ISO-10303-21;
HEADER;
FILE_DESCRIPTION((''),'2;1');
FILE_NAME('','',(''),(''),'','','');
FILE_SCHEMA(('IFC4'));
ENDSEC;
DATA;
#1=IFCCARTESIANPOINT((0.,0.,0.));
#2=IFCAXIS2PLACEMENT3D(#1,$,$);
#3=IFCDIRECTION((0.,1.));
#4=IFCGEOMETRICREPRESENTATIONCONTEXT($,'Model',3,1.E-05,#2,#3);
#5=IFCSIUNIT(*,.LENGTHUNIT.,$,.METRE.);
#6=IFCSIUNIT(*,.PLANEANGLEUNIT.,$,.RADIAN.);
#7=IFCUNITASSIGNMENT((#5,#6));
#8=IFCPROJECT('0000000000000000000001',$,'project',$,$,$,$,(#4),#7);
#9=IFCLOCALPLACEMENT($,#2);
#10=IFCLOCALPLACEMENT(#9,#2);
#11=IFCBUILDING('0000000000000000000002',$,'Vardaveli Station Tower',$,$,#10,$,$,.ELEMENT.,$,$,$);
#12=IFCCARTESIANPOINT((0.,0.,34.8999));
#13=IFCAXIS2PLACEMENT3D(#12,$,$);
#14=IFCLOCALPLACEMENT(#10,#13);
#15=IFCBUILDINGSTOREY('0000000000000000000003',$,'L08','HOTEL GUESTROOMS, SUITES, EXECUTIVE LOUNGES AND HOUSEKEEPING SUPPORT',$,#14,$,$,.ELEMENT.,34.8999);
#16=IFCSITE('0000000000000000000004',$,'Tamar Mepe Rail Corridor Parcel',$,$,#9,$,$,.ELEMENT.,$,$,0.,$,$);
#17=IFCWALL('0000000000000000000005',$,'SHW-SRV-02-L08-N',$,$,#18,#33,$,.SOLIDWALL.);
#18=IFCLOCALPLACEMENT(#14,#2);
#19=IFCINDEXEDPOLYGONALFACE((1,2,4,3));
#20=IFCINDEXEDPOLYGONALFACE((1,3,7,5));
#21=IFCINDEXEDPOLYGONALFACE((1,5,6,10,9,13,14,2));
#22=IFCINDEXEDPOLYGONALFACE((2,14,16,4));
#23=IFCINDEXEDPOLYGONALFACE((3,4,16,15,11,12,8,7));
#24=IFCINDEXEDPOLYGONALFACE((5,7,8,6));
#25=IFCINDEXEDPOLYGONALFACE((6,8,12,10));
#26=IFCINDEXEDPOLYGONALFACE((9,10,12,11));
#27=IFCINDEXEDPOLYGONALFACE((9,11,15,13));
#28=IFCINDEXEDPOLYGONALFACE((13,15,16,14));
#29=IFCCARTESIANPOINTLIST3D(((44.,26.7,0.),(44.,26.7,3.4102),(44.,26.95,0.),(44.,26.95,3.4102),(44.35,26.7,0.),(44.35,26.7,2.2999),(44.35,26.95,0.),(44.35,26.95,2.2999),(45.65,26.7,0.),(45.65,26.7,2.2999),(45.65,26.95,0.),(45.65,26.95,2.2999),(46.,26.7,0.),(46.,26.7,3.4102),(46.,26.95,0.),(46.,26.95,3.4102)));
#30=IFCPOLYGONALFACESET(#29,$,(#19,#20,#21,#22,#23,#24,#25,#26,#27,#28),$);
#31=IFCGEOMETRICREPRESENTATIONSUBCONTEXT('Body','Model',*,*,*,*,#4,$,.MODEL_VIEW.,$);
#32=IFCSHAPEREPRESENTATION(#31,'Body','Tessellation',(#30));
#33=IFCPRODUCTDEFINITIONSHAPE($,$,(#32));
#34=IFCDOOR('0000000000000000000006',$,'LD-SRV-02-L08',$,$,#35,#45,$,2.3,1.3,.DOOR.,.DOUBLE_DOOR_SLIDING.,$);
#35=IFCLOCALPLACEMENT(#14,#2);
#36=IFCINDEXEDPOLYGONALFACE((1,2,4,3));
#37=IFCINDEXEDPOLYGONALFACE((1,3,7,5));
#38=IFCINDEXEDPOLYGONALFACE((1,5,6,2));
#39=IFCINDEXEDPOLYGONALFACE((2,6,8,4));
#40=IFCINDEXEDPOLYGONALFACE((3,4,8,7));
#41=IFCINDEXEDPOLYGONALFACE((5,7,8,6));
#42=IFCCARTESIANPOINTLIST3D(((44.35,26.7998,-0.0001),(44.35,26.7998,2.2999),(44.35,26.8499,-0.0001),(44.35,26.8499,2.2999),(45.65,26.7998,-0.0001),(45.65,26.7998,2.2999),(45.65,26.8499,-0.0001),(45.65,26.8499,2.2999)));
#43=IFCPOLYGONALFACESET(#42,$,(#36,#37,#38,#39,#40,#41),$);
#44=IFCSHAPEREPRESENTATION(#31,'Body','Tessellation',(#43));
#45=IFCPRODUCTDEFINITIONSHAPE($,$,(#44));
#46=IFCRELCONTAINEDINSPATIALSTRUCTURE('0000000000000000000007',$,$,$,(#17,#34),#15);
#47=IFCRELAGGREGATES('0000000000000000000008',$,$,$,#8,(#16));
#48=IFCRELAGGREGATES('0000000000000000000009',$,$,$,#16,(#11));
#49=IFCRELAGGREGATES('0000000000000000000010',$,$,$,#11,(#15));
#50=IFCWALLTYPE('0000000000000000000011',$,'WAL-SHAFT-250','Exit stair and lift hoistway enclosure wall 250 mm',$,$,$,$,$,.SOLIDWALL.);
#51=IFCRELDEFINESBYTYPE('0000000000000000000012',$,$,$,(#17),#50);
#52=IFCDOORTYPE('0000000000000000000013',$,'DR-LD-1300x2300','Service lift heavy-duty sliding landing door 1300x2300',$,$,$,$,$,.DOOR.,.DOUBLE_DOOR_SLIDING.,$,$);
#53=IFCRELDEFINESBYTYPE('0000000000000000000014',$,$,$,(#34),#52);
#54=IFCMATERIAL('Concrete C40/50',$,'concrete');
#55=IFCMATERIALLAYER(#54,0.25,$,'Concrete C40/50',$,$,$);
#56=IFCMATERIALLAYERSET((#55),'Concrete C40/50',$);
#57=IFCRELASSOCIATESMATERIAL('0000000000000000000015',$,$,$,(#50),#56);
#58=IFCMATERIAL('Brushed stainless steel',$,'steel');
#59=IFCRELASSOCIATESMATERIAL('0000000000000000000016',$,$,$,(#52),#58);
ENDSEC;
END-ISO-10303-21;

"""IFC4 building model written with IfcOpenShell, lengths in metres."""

from ifc_helpers import new_model, si_unit, direction, frame, frame_2d, origin, place, context, subcontext, project, spatial, rectangle, extrude, source, transform, mapped, material, layer, layer_set, type_object, element, fill, save


model = new_model("IFC4")

# Units and contexts
model_context = context("Model", 3, precision=1e-05, world=origin(), true_north=direction((0.0, 1.0)))
body_context = subcontext(model_context, "Body", "Model", "MODEL_VIEW")
ifc_project = project(units=[si_unit("LENGTHUNIT", "METRE"), si_unit("PLANEANGLEUNIT", "RADIAN")], contexts=[model_context])

# Site, building, storey
site_placement = place(None, origin())
site = spatial("IfcSite", under=ifc_project, at=site_placement, Name="Tamar Mepe Rail Corridor Parcel", CompositionType="ELEMENT", RefElevation=0.0)
building_placement = place(site_placement, origin())
building = spatial("IfcBuilding", under=site, at=building_placement, Name="Vardaveli Station Tower", CompositionType="ELEMENT")
storey_placement = place(building_placement, frame((0.0, 0.0, 34.8999)))
storey = spatial("IfcBuildingStorey", under=building, at=storey_placement, Name="L08", Description="HOTEL GUESTROOMS, SUITES, EXECUTIVE LOUNGES AND HOUSEKEEPING SUPPORT", CompositionType="ELEMENT", Elevation=34.8999)

# Shared definitions
ifc_material_1 = material(Name="Concrete C40/50", Category="concrete")
ifc_layer_1 = layer(ifc_material_1, 0.25, Name="Concrete C40/50")
ifc_layer_set_1 = layer_set([ifc_layer_1], Name="Concrete C40/50")
wall_type = type_object("IfcWallType", Name="WAL-SHAFT-250", Description="Exit stair and lift hoistway enclosure wall 250 mm", PredefinedType="SOLIDWALL", material=ifc_layer_set_1)

# Shared definitions
shared_shape_1 = source(origin(), body_context, "Body", "SweptSolid", [
    extrude(rectangle(XDim=1.3, YDim=2.3, at=frame_2d((0.6499, 1.1499))), frame((0.0, 0.135, 0.0), z_axis=(0.0, -1.0, 0.0), x_axis=(1.0, 0.0, 0.0)), (0.0, 0.0, 1.0), 0.27),
])
ifc_material_2 = material(Name="Brushed stainless steel", Category="steel")
door_type = type_object("IfcDoorType", Name="DR-LD-1300x2300", Description="Service lift heavy-duty sliding landing door 1300x2300", OperationType="DOUBLE_DOOR_SLIDING", PredefinedType="DOOR", material=ifc_material_2)
shared_shape_2 = source(origin(), body_context, "Body", "SweptSolid", [
    extrude(rectangle(XDim=1.3, YDim=2.3, at=frame_2d((0.6499, 1.1499))), frame((0.0, 0.0249, 0.0), z_axis=(0.0, -1.0, 0.0), x_axis=(1.0, 0.0, 0.0)), (0.0, 0.0, 1.0), 0.05),
])

# Shared definitions
shared_shape_3 = source(origin(), body_context, "Body", "SweptSolid", [
    extrude(rectangle(XDim=2.0, YDim=0.25, at=frame_2d((1.0, 0.0))), origin(), (0.0, 0.0, 1.0), 3.4102),
])

# Wall, opening, door
wall_1_placement = place(storey_placement, frame((44.0, 26.825, 0.0), z_axis=(0.0, 0.0, 1.0), x_axis=(1.0, 0.0, 0.0)))
wall_1 = element("IfcWall", 1, at=wall_1_placement, inside=storey, type_object=wall_type, Name="SHW-SRV-02-L08-N", PredefinedType="SOLIDWALL", context=body_context, shape_type="MappedRepresentation", body=[
    mapped(shared_shape_3, transform((0.0, 0.0, 0.0), scale=1.0)),
])
opening_1_placement = place(wall_1_placement, frame((0.3501, 0.0, 0.0)))
opening_1 = element("IfcOpeningElement", 2, at=opening_1_placement, cuts=wall_1, PredefinedType="OPENING", context=body_context, shape_type="MappedRepresentation", body=[
    mapped(shared_shape_1, transform((0.0, 0.0, 0.0), scale=1.0)),
])
door_1_placement = place(opening_1_placement, origin())
door_1 = element("IfcDoor", 3, at=door_1_placement, inside=storey, type_object=door_type, Name="LD-SRV-02-L08", OperationType="DOUBLE_DOOR_SLIDING", OverallHeight=2.3, OverallWidth=1.3, PredefinedType="DOOR", context=body_context, shape_type="MappedRepresentation", body=[
    mapped(shared_shape_2, transform((0.0, 0.0, 0.0), scale=1.0)),
])
fill(opening_1, door_1)

save(model, "model.ifc")
